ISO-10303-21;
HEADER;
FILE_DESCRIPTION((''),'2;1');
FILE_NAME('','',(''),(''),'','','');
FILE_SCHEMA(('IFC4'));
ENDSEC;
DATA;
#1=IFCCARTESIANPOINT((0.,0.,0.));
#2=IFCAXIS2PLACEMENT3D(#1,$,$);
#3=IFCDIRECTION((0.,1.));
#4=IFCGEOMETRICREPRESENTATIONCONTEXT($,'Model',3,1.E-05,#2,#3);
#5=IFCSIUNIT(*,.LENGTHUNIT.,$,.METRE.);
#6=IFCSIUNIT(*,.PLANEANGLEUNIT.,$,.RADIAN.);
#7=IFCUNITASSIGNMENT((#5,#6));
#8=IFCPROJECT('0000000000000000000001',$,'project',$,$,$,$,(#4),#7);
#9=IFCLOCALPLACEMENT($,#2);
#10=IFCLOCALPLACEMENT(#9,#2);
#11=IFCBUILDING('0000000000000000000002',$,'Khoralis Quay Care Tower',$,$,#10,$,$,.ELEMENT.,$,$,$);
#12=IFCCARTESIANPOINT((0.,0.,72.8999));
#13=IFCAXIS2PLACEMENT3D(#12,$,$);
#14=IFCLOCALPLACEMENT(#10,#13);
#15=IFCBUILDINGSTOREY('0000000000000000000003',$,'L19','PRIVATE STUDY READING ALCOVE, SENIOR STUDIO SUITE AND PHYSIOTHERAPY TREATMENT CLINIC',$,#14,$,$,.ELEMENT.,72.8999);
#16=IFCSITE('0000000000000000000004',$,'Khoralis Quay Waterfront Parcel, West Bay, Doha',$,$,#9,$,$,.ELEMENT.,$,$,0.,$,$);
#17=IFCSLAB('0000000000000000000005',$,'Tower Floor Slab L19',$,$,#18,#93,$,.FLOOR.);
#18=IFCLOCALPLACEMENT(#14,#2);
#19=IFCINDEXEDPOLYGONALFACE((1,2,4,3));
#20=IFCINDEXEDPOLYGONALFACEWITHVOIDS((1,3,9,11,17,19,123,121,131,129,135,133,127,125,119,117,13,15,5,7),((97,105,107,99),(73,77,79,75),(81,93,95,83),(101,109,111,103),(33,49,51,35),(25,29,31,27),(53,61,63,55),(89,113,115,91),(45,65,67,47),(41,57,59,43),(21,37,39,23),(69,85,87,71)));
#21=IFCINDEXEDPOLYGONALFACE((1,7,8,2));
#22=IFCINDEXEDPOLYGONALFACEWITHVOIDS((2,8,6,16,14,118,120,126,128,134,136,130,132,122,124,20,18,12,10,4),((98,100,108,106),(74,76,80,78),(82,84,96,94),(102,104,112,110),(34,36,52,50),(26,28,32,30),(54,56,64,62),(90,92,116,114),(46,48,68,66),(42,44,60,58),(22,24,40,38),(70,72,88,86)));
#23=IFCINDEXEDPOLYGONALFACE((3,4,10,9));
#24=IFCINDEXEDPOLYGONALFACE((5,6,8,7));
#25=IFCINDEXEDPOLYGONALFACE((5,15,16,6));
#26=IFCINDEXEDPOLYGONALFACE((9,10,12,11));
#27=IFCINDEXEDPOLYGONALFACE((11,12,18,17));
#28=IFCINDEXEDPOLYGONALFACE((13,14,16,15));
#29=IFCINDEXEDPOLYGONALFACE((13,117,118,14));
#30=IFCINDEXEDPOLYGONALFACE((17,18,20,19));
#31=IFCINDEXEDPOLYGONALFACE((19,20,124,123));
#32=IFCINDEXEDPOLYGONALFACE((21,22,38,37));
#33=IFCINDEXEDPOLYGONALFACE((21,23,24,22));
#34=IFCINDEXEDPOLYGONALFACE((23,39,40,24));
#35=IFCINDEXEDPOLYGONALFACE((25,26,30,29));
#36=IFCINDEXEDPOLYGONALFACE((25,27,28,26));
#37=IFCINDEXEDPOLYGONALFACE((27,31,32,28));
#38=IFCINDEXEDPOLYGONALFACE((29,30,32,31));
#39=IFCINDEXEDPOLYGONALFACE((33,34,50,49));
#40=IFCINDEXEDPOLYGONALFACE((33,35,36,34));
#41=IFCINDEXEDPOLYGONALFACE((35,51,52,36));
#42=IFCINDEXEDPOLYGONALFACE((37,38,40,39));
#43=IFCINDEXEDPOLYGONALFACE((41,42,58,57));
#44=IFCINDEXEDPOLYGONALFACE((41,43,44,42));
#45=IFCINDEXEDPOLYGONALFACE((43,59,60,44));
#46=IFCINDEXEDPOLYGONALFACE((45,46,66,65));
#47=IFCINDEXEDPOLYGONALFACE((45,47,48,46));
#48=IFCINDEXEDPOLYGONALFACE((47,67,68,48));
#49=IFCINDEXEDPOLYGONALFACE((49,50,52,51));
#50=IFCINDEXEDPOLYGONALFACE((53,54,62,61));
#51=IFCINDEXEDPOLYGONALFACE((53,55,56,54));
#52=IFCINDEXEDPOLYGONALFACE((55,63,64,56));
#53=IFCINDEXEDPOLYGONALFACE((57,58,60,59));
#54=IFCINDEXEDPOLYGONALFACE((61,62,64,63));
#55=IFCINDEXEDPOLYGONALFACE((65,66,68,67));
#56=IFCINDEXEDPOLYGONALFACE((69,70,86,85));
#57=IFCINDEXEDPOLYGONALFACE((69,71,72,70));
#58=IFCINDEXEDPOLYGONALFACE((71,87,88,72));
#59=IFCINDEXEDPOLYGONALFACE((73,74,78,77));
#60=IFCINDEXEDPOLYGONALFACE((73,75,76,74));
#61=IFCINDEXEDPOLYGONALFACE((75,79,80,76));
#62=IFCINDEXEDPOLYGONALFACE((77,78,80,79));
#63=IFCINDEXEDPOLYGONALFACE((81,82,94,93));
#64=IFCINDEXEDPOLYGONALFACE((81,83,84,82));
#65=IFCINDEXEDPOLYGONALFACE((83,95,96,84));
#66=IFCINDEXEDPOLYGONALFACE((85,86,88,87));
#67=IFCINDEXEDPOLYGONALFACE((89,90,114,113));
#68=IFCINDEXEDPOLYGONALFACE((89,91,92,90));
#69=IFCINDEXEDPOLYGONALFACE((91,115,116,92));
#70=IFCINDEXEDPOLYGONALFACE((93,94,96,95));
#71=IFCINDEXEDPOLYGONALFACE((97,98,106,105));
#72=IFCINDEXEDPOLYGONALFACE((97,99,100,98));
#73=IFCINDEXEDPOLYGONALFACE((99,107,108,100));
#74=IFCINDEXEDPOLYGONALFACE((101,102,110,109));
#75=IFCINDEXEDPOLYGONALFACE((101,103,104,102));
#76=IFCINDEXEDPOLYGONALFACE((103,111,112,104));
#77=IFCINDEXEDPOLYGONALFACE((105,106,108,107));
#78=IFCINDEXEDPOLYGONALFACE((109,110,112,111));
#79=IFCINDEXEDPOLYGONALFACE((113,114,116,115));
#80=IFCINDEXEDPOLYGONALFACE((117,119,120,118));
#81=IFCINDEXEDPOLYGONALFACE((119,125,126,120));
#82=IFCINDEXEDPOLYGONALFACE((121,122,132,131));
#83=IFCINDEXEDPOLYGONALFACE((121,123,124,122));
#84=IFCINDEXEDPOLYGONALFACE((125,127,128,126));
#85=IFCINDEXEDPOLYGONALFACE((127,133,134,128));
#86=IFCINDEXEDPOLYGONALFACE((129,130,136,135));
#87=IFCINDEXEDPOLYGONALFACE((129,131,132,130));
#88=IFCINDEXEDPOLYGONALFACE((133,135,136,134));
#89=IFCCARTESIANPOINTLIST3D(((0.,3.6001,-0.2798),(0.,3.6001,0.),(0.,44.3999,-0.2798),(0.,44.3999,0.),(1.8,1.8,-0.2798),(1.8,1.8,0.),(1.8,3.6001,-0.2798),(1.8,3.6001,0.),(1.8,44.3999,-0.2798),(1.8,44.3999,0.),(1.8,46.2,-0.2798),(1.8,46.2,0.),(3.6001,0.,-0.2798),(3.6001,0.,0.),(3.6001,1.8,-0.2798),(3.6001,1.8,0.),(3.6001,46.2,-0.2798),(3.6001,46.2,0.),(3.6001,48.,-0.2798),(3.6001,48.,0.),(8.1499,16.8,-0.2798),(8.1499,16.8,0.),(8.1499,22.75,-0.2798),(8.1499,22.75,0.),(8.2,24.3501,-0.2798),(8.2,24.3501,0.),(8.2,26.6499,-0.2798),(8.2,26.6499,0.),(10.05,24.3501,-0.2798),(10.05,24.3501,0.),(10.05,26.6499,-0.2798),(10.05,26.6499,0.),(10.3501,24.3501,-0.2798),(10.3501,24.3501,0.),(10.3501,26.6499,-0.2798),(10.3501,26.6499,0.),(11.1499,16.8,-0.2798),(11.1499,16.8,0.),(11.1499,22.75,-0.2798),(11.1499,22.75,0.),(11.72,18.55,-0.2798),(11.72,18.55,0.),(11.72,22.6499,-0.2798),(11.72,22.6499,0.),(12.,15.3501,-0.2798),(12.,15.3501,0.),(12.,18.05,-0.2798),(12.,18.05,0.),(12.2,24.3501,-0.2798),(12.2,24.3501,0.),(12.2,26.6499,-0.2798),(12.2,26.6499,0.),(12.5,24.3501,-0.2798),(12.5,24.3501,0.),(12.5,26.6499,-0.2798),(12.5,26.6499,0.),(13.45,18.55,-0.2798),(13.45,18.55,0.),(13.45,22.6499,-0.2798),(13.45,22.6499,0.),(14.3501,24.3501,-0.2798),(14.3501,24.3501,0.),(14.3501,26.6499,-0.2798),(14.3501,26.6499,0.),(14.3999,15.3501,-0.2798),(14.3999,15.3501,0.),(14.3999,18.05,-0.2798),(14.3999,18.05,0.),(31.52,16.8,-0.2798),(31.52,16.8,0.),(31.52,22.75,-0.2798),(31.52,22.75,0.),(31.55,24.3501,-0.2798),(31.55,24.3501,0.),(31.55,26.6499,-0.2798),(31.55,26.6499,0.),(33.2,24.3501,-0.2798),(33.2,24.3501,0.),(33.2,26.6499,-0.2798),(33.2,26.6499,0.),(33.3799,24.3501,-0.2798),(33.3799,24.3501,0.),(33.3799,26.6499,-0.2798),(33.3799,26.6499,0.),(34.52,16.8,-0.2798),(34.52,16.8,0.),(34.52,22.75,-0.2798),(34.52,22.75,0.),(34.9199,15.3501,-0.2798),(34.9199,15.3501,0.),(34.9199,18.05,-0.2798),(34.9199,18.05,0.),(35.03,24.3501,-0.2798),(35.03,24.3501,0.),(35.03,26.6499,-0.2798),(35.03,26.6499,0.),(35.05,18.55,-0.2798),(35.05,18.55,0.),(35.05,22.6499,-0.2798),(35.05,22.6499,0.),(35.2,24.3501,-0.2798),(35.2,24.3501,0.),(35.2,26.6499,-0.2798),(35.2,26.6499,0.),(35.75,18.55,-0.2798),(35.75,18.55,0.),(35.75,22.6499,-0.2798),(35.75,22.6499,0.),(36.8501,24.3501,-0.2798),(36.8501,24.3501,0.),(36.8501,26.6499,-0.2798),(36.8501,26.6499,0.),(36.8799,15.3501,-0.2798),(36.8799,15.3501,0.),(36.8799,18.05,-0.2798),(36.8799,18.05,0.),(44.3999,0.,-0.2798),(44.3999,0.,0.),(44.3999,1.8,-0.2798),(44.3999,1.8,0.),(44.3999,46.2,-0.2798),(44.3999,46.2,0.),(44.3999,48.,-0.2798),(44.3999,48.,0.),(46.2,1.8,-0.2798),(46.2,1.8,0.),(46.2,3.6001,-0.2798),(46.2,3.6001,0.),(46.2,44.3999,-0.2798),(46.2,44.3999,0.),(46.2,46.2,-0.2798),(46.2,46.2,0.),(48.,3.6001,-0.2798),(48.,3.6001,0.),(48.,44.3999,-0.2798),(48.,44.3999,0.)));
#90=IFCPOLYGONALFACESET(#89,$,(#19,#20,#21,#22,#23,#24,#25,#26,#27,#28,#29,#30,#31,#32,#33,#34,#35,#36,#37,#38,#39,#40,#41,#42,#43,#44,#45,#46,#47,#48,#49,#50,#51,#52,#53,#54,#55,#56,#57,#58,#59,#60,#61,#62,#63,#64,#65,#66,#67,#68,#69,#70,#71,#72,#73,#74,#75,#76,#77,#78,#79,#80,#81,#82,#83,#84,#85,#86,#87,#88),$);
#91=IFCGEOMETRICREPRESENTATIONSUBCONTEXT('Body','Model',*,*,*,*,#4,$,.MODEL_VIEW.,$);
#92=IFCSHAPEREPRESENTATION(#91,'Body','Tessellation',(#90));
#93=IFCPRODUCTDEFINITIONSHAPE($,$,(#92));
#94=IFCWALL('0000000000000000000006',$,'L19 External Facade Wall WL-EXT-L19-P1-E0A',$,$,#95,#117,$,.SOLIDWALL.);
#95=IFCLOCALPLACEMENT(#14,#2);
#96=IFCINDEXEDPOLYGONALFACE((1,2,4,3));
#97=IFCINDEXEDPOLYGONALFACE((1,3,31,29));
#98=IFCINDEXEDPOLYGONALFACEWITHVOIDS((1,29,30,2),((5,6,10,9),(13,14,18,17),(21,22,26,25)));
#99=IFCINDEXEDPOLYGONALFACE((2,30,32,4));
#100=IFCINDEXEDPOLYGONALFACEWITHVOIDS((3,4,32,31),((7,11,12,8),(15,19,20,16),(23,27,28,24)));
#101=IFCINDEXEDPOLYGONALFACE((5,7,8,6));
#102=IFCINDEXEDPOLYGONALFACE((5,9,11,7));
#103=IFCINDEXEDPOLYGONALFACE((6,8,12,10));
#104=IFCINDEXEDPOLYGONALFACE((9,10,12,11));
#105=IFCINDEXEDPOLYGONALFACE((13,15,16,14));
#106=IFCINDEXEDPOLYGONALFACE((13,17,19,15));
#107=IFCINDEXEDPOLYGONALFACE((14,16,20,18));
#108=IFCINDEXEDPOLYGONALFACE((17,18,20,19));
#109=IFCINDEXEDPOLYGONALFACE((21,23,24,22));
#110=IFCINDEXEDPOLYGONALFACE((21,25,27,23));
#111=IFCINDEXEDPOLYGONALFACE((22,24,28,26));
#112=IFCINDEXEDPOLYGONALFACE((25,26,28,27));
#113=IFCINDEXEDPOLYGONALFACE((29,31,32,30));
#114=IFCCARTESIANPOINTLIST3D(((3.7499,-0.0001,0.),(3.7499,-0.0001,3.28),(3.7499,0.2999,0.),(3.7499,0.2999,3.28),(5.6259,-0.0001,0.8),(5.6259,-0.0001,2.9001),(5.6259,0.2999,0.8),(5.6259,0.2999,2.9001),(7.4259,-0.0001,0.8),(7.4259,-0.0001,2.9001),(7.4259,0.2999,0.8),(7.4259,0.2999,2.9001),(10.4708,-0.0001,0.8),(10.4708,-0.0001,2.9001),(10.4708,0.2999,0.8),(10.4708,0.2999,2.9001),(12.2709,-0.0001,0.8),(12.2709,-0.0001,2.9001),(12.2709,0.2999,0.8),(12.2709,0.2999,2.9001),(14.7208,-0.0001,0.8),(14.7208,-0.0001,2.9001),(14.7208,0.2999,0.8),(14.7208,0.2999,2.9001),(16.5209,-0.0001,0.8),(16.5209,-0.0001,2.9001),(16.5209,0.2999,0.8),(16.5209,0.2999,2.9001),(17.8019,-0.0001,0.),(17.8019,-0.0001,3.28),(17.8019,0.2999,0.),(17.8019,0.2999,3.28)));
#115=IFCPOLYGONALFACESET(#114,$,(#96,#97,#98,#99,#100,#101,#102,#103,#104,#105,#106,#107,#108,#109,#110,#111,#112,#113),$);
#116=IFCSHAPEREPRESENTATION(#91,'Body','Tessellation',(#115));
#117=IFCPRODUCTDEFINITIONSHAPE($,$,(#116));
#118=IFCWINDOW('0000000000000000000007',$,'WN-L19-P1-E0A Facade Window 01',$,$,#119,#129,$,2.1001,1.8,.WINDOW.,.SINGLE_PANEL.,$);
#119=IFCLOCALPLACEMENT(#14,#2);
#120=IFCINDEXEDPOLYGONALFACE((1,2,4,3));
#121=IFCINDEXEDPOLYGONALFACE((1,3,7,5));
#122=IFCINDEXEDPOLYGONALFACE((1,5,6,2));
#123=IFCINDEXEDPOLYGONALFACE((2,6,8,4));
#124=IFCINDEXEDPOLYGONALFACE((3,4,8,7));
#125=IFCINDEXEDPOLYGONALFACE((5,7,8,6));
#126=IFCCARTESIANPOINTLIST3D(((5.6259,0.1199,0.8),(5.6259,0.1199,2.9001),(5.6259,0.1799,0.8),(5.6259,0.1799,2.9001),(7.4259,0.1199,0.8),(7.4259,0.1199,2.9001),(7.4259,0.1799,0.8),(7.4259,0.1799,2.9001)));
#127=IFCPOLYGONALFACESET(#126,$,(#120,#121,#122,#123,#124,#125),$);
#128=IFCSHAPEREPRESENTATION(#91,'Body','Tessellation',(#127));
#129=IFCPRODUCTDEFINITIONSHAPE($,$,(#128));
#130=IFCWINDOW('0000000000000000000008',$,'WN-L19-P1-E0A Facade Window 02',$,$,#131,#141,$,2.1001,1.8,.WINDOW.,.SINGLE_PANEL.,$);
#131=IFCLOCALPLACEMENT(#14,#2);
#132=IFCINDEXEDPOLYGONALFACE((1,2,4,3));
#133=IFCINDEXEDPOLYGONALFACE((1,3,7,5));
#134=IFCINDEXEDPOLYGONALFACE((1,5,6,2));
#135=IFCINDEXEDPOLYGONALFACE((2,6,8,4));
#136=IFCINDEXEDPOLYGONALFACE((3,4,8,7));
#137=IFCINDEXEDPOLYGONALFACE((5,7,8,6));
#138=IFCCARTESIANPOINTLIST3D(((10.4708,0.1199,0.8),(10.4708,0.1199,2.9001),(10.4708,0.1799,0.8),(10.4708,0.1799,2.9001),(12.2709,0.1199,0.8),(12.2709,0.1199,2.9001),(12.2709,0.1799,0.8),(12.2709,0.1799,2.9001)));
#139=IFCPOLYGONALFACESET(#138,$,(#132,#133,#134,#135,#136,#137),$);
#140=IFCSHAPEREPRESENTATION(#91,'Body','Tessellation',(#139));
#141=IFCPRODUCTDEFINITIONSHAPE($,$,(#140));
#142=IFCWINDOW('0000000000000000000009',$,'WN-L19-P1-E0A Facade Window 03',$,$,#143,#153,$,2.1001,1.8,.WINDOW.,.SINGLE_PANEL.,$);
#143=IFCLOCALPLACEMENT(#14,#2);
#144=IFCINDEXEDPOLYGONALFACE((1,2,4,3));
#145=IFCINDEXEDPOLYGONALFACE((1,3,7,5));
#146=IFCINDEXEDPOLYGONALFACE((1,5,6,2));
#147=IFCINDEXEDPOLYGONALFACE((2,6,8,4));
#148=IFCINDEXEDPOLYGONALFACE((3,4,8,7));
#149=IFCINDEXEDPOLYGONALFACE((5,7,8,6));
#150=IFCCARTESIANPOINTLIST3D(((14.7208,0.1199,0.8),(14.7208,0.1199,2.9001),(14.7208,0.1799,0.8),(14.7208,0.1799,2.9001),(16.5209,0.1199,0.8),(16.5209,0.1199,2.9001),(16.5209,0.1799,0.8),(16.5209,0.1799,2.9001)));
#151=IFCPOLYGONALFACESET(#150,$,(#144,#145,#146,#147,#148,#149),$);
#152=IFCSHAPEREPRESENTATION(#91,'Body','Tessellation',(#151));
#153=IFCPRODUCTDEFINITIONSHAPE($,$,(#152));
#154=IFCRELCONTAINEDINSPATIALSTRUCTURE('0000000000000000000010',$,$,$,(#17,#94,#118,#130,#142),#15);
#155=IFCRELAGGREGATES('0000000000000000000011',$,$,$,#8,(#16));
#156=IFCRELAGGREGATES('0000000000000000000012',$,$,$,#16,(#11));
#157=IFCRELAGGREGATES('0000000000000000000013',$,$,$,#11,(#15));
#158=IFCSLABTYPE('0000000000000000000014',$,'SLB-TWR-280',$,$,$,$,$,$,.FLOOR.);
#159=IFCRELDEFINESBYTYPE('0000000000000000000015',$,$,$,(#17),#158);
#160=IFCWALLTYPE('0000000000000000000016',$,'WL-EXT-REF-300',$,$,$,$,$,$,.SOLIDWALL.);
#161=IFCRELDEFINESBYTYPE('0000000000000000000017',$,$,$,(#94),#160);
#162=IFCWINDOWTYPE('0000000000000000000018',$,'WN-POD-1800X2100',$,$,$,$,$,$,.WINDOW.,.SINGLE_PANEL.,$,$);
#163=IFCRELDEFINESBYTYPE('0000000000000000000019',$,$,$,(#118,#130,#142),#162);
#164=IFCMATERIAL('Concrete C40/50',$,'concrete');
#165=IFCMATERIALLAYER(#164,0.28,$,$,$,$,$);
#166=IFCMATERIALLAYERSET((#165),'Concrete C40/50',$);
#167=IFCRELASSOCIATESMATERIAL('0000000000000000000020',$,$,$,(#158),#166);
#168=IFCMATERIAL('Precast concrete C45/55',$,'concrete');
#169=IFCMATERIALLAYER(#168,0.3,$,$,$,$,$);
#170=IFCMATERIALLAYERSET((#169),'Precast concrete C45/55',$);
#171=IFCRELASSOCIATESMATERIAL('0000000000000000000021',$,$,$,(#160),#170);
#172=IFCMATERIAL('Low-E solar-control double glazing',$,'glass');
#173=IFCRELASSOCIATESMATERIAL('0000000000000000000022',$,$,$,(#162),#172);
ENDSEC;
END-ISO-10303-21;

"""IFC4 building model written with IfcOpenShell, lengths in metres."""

from ifc_helpers import new_model, si_unit, direction, frame, frame_2d, origin, place, context, subcontext, project, spatial, polyline, rectangle, outline, extrude, source, transform, mapped, material, layer, layer_set, type_object, element, fill, save


model = new_model("IFC4")

# Units and contexts
model_context = context("Model", 3, precision=1e-05, world=origin(), true_north=direction((0.0, 1.0)))
body_context = subcontext(model_context, "Body", "Model", "MODEL_VIEW")
ifc_project = project(units=[si_unit("LENGTHUNIT", "METRE"), si_unit("PLANEANGLEUNIT", "RADIAN")], contexts=[model_context])

# Site, building, storey
site_placement = place(None, origin())
site = spatial("IfcSite", under=ifc_project, at=site_placement, Name="Khoralis Quay Waterfront Parcel, West Bay, Doha", CompositionType="ELEMENT", RefElevation=0.0)
building_placement = place(site_placement, origin())
building = spatial("IfcBuilding", under=site, at=building_placement, Name="Khoralis Quay Care Tower", CompositionType="ELEMENT")
storey_placement = place(building_placement, frame((0.0, 0.0, 72.8999)))
storey = spatial("IfcBuildingStorey", under=building, at=storey_placement, Name="L19", Description="PRIVATE STUDY READING ALCOVE, SENIOR STUDIO SUITE AND PHYSIOTHERAPY TREATMENT CLINIC", CompositionType="ELEMENT", Elevation=72.8999)

# Shared definitions
ifc_material_1 = material(Name="Precast concrete C45/55", Category="concrete")

# Slab
ifc_material_2 = material(Name="Concrete C40/50", Category="concrete")
ifc_layer_1 = layer(ifc_material_2, 0.28)
ifc_layer_set_1 = layer_set([ifc_layer_1], Name="Concrete C40/50")
slab_type_1 = type_object("IfcSlabType", Name="SLB-TWR-280", PredefinedType="FLOOR", material=ifc_layer_set_1)
slab_1_placement = place(storey_placement, frame((0.0, 0.0, -0.2798)))
element("IfcSlab", 1, at=slab_1_placement, inside=storey, type_object=slab_type_1, Name="Tower Floor Slab L19", PredefinedType="FLOOR", context=body_context, shape_type="SweptSolid", body=[
    extrude(outline(polyline([(3.6001, 0.0), (44.3999, 0.0), (44.3999, 1.8), (46.2, 1.8), (46.2, 3.6001), (48.0, 3.6001), (48.0, 44.3999), (46.2, 44.3999), (46.2, 46.2), (44.3999, 46.2), (44.3999, 48.0), (3.6001, 48.0), (3.6001, 46.2), (1.8, 46.2), (1.8, 44.3999), (0.0, 44.3999), (0.0, 3.6001), (1.8, 3.6001), (1.8, 1.8), (3.6001, 1.8), (3.6001, 0.0)]), holes=[polyline([(11.1499, 16.8), (11.1499, 22.75), (8.1499, 22.75), (8.1499, 16.8), (11.1499, 16.8)]), polyline([(34.52, 16.8), (34.52, 22.75), (31.52, 22.75), (31.52, 16.8), (34.52, 16.8)]), polyline([(12.0, 15.3501), (14.3999, 15.3501), (14.3999, 18.05), (12.0, 18.05), (12.0, 15.3501)]), polyline([(34.9199, 15.3501), (36.8799, 15.3501), (36.8799, 18.05), (34.9199, 18.05), (34.9199, 15.3501)]), polyline([(8.2, 24.3501), (10.05, 24.3501), (10.05, 26.6499), (8.2, 26.6499), (8.2, 24.3501)]), polyline([(31.55, 24.3501), (33.2, 24.3501), (33.2, 26.6499), (31.55, 26.6499), (31.55, 24.3501)]), polyline([(10.3501, 24.3501), (12.2, 24.3501), (12.2, 26.6499), (10.3501, 26.6499), (10.3501, 24.3501)]), polyline([(33.3799, 24.3501), (35.03, 24.3501), (35.03, 26.6499), (33.3799, 26.6499), (33.3799, 24.3501)]), polyline([(12.5, 24.3501), (14.3501, 24.3501), (14.3501, 26.6499), (12.5, 26.6499), (12.5, 24.3501)]), polyline([(35.2, 24.3501), (36.8501, 24.3501), (36.8501, 26.6499), (35.2, 26.6499), (35.2, 24.3501)]), polyline([(11.72, 18.55), (13.45, 18.55), (13.45, 22.6499), (11.72, 22.6499), (11.72, 18.55)]), polyline([(35.05, 18.55), (35.75, 18.55), (35.75, 22.6499), (35.05, 22.6499), (35.05, 18.55)])]), origin(), (0.0, 0.0, 1.0), 0.2798),
])

# Wall, openings, windows
ifc_layer_2 = layer(ifc_material_1, 0.3)
ifc_layer_set_2 = layer_set([ifc_layer_2], Name="Precast concrete C45/55")
wall_type_1 = type_object("IfcWallType", Name="WL-EXT-REF-300", PredefinedType="SOLIDWALL", material=ifc_layer_set_2)
wall_1_placement = place(storey_placement, frame((3.75, 0.1499, 0.0), z_axis=(0.0, 0.0, 1.0), x_axis=(1.0, 0.0, 0.0)))
wall_1 = element("IfcWall", 2, at=wall_1_placement, inside=storey, type_object=wall_type_1, Name="L19 External Facade Wall WL-EXT-L19-P1-E0A", PredefinedType="SOLIDWALL", context=body_context, shape_type="SweptSolid", body=[
    extrude(rectangle(XDim=14.052, YDim=0.3, at=frame_2d((7.0259, 0.0))), origin(), (0.0, 0.0, 1.0), 3.28),
])
opening_1_placement = place(wall_1_placement, frame((1.876, 0.0, 0.8)))
opening_1 = element("IfcOpeningElement", 3, at=opening_1_placement, cuts=wall_1, PredefinedType="OPENING", context=body_context, shape_type="SweptSolid", body=[
    extrude(rectangle(XDim=1.8, YDim=2.1001, at=frame_2d((0.8999, 1.05))), frame((0.0, 0.1602, 0.0), z_axis=(0.0, -1.0, 0.0), x_axis=(1.0, 0.0, 0.0)), (0.0, 0.0, 1.0), 0.3201),
])
opening_2_placement = place(wall_1_placement, frame((6.7209, 0.0, 0.8)))
opening_2 = element("IfcOpeningElement", 4, at=opening_2_placement, cuts=wall_1, PredefinedType="OPENING", context=body_context, shape_type="SweptSolid", body=[
    extrude(rectangle(XDim=1.8, YDim=2.1001, at=frame_2d((0.8999, 1.05))), frame((0.0, 0.1602, 0.0), z_axis=(0.0, -1.0, 0.0), x_axis=(1.0, 0.0, 0.0)), (0.0, 0.0, 1.0), 0.3201),
])
opening_3_placement = place(wall_1_placement, frame((10.9709, 0.0, 0.8)))
opening_3 = element("IfcOpeningElement", 5, at=opening_3_placement, cuts=wall_1, PredefinedType="OPENING", context=body_context, shape_type="SweptSolid", body=[
    extrude(rectangle(XDim=1.8, YDim=2.1001, at=frame_2d((0.8999, 1.05))), frame((0.0, 0.1602, 0.0), z_axis=(0.0, -1.0, 0.0), x_axis=(1.0, 0.0, 0.0)), (0.0, 0.0, 1.0), 0.3201),
])
ifc_material_3 = material(Name="Low-E solar-control double glazing", Category="glass")
window_type = type_object("IfcWindowType", Name="WN-POD-1800X2100", PartitioningType="SINGLE_PANEL", PredefinedType="WINDOW", material=ifc_material_3)
shared_shape_1 = source(origin(), body_context, "Body", "SweptSolid", [
    extrude(rectangle(XDim=1.8, YDim=2.1001, at=frame_2d((0.8999, 1.05))), frame((0.0, 0.03, 0.0), z_axis=(0.0, -1.0, 0.0), x_axis=(1.0, 0.0, 0.0)), (0.0, 0.0, 1.0), 0.0601),
])
window_1_placement = place(opening_1_placement, origin())
window_1 = element("IfcWindow", 6, at=window_1_placement, inside=storey, type_object=window_type, Name="WN-L19-P1-E0A Facade Window 01", OverallHeight=2.1001, OverallWidth=1.8, PartitioningType="SINGLE_PANEL", PredefinedType="WINDOW", context=body_context, shape_type="MappedRepresentation", body=[
    mapped(shared_shape_1, transform((0.0, 0.0, 0.0), scale=1.0)),
])
fill(opening_1, window_1)
window_2_placement = place(opening_2_placement, origin())
window_2 = element("IfcWindow", 7, at=window_2_placement, inside=storey, type_object=window_type, Name="WN-L19-P1-E0A Facade Window 02", OverallHeight=2.1001, OverallWidth=1.8, PartitioningType="SINGLE_PANEL", PredefinedType="WINDOW", context=body_context, shape_type="MappedRepresentation", body=[
    mapped(shared_shape_1, transform((0.0, 0.0, 0.0), scale=1.0)),
])
fill(opening_2, window_2)
window_3_placement = place(opening_3_placement, origin())
window_3 = element("IfcWindow", 8, at=window_3_placement, inside=storey, type_object=window_type, Name="WN-L19-P1-E0A Facade Window 03", OverallHeight=2.1001, OverallWidth=1.8, PartitioningType="SINGLE_PANEL", PredefinedType="WINDOW", context=body_context, shape_type="MappedRepresentation", body=[
    mapped(shared_shape_1, transform((0.0, 0.0, 0.0), scale=1.0)),
])
fill(opening_3, window_3)

save(model, "model.ifc")
